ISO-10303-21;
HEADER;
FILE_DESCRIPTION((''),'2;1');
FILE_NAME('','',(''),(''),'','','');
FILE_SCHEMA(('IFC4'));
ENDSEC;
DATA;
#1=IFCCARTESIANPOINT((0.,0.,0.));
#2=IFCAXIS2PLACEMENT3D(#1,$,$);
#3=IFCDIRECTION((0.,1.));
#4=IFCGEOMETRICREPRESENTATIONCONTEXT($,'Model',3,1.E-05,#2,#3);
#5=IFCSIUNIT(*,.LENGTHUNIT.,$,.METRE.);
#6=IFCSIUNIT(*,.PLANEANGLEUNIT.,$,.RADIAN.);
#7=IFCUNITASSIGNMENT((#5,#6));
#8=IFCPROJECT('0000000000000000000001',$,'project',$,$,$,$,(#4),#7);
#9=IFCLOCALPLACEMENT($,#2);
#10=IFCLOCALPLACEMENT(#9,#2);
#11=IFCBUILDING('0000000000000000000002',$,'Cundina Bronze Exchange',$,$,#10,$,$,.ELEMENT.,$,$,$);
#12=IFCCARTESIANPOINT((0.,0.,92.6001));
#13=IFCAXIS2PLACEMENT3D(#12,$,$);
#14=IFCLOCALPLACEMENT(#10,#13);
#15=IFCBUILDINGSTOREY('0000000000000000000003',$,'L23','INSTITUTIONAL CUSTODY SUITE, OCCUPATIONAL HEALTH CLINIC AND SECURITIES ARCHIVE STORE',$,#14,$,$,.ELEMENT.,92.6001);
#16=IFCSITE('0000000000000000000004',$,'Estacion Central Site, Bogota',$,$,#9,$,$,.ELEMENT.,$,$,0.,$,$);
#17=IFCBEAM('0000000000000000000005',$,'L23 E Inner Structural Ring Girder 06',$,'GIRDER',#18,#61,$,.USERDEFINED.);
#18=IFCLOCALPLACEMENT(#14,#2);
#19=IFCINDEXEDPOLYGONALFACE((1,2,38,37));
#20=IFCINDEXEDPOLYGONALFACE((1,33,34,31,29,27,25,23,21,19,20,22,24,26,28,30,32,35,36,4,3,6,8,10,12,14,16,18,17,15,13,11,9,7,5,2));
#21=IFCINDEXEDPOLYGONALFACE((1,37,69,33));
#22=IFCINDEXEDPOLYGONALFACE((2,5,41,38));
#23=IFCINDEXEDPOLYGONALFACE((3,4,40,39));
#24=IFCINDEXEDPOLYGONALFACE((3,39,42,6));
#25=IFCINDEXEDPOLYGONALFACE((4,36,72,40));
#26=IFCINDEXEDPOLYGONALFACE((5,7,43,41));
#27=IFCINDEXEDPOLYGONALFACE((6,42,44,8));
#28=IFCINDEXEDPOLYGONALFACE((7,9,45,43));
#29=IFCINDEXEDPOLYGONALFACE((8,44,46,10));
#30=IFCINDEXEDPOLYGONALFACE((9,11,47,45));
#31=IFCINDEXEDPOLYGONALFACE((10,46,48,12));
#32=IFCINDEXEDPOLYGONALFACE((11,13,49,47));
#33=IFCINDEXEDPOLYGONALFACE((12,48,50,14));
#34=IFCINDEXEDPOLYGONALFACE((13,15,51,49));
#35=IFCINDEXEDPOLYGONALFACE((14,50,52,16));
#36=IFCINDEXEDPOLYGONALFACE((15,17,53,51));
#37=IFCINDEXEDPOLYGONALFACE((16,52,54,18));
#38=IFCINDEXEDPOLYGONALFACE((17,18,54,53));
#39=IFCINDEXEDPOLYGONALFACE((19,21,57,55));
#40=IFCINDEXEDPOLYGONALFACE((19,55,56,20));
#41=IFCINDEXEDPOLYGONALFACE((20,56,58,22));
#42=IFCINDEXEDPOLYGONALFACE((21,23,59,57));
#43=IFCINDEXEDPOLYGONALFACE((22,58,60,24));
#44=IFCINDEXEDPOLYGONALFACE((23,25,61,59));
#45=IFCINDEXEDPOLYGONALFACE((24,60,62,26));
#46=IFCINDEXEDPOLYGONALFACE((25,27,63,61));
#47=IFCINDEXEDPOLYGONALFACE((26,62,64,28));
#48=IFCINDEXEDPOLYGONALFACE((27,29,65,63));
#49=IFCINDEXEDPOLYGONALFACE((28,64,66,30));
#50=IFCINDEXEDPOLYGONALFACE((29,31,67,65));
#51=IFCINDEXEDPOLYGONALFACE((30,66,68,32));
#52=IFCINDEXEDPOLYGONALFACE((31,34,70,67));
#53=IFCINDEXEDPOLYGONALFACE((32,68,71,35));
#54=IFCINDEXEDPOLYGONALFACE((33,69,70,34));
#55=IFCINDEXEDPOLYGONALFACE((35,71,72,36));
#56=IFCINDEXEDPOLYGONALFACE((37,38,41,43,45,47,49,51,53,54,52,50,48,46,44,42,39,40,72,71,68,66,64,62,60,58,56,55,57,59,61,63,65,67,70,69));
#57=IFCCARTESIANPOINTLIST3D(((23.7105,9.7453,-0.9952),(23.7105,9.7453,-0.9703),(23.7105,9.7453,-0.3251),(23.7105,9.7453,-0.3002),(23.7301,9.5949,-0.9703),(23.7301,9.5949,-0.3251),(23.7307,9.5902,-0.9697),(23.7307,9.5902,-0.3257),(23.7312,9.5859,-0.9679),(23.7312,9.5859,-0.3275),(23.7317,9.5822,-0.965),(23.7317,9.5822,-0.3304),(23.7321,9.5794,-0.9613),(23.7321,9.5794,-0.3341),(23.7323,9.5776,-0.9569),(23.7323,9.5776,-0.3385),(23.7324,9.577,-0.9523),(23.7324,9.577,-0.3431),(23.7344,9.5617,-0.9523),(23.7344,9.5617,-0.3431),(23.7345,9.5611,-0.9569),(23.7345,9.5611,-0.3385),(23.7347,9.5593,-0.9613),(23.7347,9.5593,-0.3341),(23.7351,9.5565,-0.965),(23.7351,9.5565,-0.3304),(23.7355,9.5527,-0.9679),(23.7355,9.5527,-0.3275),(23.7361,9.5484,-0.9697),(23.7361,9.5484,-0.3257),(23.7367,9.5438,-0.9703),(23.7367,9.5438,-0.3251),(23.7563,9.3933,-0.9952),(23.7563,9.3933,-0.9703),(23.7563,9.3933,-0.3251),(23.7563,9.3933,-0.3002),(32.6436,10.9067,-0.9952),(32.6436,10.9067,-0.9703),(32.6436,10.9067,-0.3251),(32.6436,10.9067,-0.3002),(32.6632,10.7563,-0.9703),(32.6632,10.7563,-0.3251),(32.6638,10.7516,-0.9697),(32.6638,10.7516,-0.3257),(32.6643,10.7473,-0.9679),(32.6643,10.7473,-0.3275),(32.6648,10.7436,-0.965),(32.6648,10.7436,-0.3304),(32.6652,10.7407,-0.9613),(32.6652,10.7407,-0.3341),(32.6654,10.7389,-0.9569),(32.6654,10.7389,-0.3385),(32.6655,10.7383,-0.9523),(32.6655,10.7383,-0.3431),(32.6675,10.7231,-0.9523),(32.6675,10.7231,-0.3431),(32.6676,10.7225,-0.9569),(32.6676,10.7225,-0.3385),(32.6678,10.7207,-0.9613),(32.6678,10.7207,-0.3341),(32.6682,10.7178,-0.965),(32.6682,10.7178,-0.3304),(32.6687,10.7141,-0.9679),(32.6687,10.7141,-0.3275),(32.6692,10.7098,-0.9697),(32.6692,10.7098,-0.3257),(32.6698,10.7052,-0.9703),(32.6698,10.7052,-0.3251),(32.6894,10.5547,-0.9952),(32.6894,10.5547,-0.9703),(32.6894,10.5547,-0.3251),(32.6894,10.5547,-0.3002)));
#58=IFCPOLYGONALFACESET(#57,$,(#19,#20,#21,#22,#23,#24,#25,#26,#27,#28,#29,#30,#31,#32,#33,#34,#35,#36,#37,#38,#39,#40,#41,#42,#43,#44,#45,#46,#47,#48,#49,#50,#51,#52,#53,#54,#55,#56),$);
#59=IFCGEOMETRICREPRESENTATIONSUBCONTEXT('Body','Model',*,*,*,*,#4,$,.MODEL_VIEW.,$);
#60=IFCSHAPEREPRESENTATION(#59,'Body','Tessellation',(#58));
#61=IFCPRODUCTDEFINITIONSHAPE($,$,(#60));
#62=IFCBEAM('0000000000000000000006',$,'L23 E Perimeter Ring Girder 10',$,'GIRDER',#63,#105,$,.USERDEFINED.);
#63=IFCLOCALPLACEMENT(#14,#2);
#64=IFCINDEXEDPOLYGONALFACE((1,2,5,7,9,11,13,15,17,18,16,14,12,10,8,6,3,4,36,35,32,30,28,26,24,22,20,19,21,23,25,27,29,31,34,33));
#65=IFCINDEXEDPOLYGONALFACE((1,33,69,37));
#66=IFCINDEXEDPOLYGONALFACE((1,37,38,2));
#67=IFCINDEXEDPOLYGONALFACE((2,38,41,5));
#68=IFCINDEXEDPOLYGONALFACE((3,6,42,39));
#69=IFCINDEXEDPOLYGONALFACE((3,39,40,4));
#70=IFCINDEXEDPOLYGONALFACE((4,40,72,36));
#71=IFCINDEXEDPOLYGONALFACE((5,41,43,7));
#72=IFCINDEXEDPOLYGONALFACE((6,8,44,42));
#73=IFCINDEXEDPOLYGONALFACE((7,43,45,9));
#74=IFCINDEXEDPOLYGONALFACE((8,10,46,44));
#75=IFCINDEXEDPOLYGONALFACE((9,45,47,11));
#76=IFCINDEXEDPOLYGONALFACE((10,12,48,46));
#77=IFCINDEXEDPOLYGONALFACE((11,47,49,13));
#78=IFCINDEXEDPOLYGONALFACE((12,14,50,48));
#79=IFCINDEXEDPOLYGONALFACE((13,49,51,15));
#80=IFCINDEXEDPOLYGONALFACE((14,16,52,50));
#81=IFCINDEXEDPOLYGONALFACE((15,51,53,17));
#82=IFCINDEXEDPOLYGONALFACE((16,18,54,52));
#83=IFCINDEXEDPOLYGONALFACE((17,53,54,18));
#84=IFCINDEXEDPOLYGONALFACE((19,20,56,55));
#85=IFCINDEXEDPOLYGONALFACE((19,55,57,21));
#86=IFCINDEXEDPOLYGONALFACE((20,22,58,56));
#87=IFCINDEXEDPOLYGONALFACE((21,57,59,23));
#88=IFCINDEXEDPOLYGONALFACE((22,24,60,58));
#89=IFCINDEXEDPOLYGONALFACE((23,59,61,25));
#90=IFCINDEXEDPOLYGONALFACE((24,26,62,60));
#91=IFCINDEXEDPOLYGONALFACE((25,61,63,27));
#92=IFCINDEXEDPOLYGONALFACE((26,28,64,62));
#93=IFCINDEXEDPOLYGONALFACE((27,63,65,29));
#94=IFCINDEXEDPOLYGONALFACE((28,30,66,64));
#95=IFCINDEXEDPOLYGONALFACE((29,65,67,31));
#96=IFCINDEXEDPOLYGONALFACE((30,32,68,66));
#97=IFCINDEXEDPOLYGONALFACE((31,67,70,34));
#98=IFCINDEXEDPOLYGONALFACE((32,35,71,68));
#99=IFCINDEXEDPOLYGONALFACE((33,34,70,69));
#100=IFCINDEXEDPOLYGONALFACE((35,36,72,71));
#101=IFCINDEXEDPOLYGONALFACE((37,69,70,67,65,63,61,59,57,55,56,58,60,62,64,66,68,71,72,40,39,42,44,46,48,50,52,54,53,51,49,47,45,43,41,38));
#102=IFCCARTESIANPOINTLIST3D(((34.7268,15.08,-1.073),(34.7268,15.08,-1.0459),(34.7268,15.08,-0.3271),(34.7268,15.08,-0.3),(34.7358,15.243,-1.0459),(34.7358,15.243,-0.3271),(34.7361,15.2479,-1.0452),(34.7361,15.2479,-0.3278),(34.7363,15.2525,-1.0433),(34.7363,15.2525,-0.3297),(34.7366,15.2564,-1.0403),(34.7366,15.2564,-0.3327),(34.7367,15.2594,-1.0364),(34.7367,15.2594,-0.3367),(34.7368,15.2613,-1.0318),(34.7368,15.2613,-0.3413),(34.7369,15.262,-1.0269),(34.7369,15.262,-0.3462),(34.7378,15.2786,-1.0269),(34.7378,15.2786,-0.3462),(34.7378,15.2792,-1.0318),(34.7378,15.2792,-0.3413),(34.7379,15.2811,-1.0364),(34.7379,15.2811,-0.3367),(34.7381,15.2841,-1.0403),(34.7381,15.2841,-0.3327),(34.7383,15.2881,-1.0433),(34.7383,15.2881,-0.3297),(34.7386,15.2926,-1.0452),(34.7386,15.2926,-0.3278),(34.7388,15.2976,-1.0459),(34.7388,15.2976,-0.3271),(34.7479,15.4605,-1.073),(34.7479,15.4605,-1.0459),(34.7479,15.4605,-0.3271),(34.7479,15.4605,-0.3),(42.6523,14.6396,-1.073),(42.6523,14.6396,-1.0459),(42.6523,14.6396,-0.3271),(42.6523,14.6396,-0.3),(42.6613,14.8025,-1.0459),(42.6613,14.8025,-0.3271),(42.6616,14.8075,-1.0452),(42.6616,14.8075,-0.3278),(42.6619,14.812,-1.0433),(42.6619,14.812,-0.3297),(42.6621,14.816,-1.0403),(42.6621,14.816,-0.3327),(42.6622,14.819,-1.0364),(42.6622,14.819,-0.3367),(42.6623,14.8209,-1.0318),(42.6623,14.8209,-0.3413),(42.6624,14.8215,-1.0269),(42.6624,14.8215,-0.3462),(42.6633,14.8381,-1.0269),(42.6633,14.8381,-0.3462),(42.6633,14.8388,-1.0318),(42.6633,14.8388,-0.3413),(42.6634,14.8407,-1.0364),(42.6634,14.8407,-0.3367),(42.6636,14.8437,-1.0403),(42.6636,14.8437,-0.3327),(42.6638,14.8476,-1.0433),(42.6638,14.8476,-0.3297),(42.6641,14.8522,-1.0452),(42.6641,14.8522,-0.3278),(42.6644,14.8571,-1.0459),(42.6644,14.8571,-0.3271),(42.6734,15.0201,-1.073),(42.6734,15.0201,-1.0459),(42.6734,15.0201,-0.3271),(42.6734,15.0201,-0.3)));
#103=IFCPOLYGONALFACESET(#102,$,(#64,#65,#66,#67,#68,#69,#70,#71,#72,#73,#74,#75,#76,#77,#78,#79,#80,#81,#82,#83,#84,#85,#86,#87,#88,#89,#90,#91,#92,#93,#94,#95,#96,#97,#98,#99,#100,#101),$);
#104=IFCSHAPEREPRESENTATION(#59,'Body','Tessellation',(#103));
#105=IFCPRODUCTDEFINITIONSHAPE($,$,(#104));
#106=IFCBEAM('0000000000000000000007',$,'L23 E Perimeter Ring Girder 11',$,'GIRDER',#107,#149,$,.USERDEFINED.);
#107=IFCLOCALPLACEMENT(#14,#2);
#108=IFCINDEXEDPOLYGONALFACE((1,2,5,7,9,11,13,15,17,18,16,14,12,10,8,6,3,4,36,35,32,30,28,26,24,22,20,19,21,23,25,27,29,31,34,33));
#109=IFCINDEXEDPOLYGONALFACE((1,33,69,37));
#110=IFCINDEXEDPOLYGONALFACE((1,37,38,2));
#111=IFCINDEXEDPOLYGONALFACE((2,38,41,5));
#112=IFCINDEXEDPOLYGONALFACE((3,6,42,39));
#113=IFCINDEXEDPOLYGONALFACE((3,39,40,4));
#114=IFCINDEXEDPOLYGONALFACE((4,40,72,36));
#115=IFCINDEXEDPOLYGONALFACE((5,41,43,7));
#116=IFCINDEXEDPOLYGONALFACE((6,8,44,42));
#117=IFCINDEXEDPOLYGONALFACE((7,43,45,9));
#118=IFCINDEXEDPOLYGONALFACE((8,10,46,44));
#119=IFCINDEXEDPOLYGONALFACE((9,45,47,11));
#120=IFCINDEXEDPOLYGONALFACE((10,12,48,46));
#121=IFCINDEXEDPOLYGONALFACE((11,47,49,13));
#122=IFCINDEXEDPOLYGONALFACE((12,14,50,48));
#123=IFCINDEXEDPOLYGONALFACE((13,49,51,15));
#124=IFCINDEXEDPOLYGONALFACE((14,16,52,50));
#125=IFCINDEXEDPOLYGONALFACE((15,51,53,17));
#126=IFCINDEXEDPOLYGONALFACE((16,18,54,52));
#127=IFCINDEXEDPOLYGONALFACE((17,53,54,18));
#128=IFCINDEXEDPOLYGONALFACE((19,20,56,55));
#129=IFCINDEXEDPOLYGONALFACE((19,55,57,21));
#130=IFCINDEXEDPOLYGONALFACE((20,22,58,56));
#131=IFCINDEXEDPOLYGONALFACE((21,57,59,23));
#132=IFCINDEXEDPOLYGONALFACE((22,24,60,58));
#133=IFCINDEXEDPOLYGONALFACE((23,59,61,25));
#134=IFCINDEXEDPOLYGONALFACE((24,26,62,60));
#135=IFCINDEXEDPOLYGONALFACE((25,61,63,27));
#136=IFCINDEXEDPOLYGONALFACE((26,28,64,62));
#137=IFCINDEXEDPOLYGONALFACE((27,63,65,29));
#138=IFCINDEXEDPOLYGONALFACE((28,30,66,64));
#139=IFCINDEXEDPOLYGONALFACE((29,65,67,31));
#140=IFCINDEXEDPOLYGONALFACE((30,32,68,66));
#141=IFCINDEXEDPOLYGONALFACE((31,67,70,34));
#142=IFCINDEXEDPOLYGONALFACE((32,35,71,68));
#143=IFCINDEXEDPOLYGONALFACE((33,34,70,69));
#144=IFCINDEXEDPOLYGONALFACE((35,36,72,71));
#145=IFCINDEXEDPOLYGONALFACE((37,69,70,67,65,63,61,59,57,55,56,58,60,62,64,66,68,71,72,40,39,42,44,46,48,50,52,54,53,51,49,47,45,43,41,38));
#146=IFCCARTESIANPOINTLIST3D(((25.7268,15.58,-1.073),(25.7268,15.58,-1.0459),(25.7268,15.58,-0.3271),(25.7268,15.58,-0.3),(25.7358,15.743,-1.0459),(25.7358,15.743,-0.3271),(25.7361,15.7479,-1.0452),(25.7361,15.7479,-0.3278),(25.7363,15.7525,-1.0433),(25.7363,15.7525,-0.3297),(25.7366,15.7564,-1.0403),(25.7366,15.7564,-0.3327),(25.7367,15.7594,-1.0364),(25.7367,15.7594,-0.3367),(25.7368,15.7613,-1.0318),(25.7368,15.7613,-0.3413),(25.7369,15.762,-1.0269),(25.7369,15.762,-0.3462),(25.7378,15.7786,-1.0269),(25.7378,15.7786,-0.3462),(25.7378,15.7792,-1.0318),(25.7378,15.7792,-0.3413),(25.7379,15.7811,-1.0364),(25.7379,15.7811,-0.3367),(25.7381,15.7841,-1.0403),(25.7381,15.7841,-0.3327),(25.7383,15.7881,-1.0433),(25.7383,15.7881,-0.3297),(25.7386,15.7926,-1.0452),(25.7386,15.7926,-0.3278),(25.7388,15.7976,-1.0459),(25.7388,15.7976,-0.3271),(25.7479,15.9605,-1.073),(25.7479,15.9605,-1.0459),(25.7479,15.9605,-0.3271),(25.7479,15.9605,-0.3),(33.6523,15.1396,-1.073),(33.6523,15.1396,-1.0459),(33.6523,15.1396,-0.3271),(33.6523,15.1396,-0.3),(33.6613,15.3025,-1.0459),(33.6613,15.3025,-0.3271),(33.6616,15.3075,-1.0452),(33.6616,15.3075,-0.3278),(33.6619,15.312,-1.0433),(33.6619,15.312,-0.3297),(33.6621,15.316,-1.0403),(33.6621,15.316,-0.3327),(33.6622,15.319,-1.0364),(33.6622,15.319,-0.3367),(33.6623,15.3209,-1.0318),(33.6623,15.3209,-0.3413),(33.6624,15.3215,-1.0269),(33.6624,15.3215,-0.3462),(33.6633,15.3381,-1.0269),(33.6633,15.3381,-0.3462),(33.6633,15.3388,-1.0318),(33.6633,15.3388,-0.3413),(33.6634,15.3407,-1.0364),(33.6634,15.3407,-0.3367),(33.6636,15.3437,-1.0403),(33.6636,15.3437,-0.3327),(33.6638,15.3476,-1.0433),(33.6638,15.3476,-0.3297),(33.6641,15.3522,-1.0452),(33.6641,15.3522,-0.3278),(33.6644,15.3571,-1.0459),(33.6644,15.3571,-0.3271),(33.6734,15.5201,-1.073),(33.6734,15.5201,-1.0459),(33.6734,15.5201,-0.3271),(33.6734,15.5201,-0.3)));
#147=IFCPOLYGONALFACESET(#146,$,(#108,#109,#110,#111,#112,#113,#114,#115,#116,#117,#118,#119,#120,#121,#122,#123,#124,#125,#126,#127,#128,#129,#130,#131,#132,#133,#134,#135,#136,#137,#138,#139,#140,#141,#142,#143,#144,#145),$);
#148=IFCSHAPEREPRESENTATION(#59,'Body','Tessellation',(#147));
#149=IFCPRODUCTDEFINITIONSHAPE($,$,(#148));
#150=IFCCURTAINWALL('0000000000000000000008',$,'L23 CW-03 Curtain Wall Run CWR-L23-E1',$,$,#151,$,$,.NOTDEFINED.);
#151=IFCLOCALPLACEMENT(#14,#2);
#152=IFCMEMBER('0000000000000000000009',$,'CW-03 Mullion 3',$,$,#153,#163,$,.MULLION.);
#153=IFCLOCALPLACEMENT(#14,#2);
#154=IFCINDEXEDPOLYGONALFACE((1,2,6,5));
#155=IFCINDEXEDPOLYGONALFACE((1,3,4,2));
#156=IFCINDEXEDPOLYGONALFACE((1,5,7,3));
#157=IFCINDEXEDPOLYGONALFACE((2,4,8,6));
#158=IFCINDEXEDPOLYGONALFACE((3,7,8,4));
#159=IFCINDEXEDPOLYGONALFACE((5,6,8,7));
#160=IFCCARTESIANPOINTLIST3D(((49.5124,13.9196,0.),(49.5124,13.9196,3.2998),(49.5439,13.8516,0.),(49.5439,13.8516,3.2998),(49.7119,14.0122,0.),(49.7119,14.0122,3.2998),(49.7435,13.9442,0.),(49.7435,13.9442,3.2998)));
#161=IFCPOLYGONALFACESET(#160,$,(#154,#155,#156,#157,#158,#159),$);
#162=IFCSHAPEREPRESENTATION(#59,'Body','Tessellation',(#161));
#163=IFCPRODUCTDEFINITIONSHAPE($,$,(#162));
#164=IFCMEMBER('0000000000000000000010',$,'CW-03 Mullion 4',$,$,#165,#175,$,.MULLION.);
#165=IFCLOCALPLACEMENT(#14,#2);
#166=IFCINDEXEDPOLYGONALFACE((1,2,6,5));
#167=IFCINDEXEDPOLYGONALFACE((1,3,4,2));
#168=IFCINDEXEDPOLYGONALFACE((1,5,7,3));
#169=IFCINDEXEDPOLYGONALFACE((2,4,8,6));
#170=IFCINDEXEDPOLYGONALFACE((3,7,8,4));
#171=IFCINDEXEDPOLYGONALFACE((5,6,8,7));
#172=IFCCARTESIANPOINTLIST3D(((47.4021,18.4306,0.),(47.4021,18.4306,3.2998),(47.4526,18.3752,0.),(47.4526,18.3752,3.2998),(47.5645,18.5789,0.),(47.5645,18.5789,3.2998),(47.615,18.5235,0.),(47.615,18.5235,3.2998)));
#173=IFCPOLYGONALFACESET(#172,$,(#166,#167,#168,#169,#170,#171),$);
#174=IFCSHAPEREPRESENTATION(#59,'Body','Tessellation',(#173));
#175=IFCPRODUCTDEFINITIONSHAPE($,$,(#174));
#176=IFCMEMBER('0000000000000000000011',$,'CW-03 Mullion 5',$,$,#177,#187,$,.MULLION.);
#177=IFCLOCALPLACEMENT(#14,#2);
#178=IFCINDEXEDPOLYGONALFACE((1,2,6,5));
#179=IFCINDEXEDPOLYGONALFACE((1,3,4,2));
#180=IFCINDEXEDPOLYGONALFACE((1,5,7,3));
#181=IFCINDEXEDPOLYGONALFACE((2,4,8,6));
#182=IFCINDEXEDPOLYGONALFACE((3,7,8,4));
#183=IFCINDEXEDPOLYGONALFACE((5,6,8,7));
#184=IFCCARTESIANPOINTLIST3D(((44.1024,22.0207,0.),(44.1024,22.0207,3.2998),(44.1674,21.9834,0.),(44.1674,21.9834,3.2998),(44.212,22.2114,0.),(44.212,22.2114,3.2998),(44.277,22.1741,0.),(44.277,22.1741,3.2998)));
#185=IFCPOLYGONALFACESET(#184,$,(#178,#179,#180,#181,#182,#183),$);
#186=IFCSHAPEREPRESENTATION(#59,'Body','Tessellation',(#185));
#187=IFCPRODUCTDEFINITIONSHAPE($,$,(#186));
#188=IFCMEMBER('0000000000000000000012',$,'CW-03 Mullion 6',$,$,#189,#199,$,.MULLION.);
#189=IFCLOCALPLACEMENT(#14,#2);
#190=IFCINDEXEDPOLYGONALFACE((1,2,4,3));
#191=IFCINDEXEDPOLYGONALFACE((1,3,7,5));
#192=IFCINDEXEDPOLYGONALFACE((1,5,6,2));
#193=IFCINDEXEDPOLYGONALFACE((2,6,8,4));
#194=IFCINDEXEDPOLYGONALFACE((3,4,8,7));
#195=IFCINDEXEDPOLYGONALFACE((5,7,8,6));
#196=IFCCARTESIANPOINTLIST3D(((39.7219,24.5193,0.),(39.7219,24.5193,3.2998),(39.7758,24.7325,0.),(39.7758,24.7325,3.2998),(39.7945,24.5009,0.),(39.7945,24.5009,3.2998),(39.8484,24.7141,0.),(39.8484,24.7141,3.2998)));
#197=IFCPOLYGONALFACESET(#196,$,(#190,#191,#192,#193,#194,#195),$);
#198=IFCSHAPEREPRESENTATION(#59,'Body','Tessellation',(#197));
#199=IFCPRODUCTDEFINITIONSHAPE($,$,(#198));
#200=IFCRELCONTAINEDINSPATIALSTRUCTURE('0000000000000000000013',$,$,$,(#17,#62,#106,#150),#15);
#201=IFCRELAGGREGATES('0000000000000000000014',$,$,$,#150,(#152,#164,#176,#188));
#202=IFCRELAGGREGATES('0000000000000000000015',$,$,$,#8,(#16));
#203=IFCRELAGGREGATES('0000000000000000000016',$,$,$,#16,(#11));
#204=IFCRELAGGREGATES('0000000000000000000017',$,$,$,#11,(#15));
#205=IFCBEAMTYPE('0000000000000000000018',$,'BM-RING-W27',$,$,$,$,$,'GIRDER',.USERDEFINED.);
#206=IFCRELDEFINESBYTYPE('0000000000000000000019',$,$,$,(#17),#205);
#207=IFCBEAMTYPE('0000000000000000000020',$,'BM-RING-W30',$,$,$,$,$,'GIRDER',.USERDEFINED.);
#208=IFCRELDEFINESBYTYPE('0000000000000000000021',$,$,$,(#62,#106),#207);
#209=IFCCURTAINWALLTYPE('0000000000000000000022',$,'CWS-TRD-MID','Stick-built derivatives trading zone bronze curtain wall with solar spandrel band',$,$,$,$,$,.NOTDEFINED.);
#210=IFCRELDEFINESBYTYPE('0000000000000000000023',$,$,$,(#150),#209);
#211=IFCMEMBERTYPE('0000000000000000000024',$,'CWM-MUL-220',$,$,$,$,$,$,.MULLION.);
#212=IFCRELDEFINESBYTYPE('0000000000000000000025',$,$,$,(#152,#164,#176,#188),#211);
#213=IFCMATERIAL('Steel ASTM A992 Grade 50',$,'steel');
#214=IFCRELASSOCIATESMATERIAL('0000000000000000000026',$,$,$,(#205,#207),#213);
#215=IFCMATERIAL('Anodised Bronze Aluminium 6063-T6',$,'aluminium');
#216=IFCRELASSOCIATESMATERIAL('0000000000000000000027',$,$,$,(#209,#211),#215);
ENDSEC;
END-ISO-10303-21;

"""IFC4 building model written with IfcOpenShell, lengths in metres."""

from ifc_helpers import new_model, si_unit, direction, frame, origin, origin_2d, place, context, subcontext, project, spatial, rectangle, i_section, extrude, material, material_profile, profile_set, type_object, element, aggregate, save


model = new_model("IFC4")

# Units and contexts
model_context = context("Model", 3, precision=1e-05, world=origin(), true_north=direction((0.0, 1.0)))
body_context = subcontext(model_context, "Body", "Model", "MODEL_VIEW")
ifc_project = project(units=[si_unit("LENGTHUNIT", "METRE"), si_unit("PLANEANGLEUNIT", "RADIAN")], contexts=[model_context])

# Site, building, storey
site_placement = place(None, origin())
site = spatial("IfcSite", under=ifc_project, at=site_placement, Name="Estacion Central Site, Bogota", CompositionType="ELEMENT", RefElevation=0.0)
building_placement = place(site_placement, origin())
building = spatial("IfcBuilding", under=site, at=building_placement, Name="Cundina Bronze Exchange", CompositionType="ELEMENT")
storey_placement = place(building_placement, frame((0.0, 0.0, 92.6001)))
storey = spatial("IfcBuildingStorey", under=building, at=storey_placement, Name="L23", Description="INSTITUTIONAL CUSTODY SUITE, OCCUPATIONAL HEALTH CLINIC AND SECURITIES ARCHIVE STORE", CompositionType="ELEMENT", Elevation=92.6001)

# Beams
ifc_material_1 = material(Name="Steel ASTM A992 Grade 50", Category="steel")
ifc_material_profile_1 = material_profile(ifc_material_1, i_section(OverallWidth=0.355, OverallDepth=0.6951, WebThickness=0.0154, FlangeThickness=0.0249, FilletRadius=0.0181, at=origin_2d()), Name="W27X146", Category="steel")
ifc_profile_set_1 = profile_set([ifc_material_profile_1], Name="Steel ASTM A992 Grade 50")
beam_type_1 = type_object("IfcBeamType", Name="BM-RING-W27", ElementType="GIRDER", PredefinedType="USERDEFINED", material=ifc_profile_set_1)
beam_1_placement = place(storey_placement, frame((32.6665, 10.7307, -0.6477), z_axis=(-0.991655, -0.128923, 0.0), x_axis=(0.128923, -0.991655, 0.0)))
element("IfcBeam", 1, at=beam_1_placement, inside=storey, type_object=beam_type_1, Name="L23 E Inner Structural Ring Girder 06", ObjectType="GIRDER", PredefinedType="USERDEFINED", context=body_context, shape_type="SweptSolid", body=[
    extrude(i_section(OverallWidth=0.355, OverallDepth=0.6951, WebThickness=0.0154, FlangeThickness=0.0249, FilletRadius=0.0181, at=origin_2d()), origin(), (0.0, 0.0, 1.0), 9.0083),
])
ifc_material_profile_2 = material_profile(ifc_material_1, i_section(OverallWidth=0.3811, OverallDepth=0.7729, WebThickness=0.0166, FlangeThickness=0.0271, FilletRadius=0.019, at=origin_2d()), Name="W30X173", Category="steel")
ifc_profile_set_2 = profile_set([ifc_material_profile_2], Name="Steel ASTM A992 Grade 50")
beam_type_2 = type_object("IfcBeamType", Name="BM-RING-W30", ElementType="GIRDER", PredefinedType="USERDEFINED", material=ifc_profile_set_2)
for number, where, z_axis, x_axis, name in (
    (2, (42.6628, 14.8298, -0.6865), (-0.99846, 0.055485, 0.0), (-0.055485, -0.99846, 0.0), "L23 E Perimeter Ring Girder 10"),
    (3, (33.6628, 15.3298, -0.6865), (-0.99846, 0.055485, 0.0), (-0.055485, -0.99846, 0.0), "L23 E Perimeter Ring Girder 11"),
):
    element("IfcBeam", number, at=place(storey_placement, frame(where, z_axis=z_axis, x_axis=x_axis)), inside=storey, type_object=beam_type_2, Name=name, ObjectType="GIRDER", PredefinedType="USERDEFINED", context=body_context, shape_type="SweptSolid", body=[
        extrude(i_section(OverallWidth=0.3811, OverallDepth=0.7729, WebThickness=0.0166, FlangeThickness=0.0271, FilletRadius=0.019, at=origin_2d()), origin(), (0.0, 0.0, 1.0), 7.9377),
    ])

# Curtain wall, members
ifc_material_2 = material(Name="Anodised Bronze Aluminium 6063-T6", Category="aluminium")
curtain_wall_type = type_object("IfcCurtainWallType", Name="CWS-TRD-MID", Description="Stick-built derivatives trading zone bronze curtain wall with solar spandrel band", PredefinedType="NOTDEFINED", material=ifc_material_2)
curtain_wall_placement = place(storey_placement, origin())
curtain_wall = element("IfcCurtainWall", 4, at=curtain_wall_placement, inside=storey, type_object=curtain_wall_type, Name="L23 CW-03 Curtain Wall Run CWR-L23-E1", PredefinedType="NOTDEFINED")
ifc_material_profile_3 = material_profile(ifc_material_2, rectangle(XDim=0.075, YDim=0.22, at=origin_2d()), Name="AL75X220", Category="aluminium")
ifc_profile_set_3 = profile_set([ifc_material_profile_3], Name="Anodised Bronze Aluminium 6063-T6")
member_type_1 = type_object("IfcMemberType", Name="CWM-MUL-220", PredefinedType="MULLION", material=ifc_profile_set_3)
member_1_placement = place(storey_placement, frame((49.6279, 13.9319, 0.0), z_axis=(0.0, 0.0, 1.0), x_axis=(-0.420877, 0.907117, 0.0)))
member_1 = element("IfcMember", 5, at=member_1_placement, type_object=member_type_1, Name="CW-03 Mullion 3", PredefinedType="MULLION", context=body_context, shape_type="SweptSolid", body=[
    extrude(rectangle(XDim=0.075, YDim=0.22, at=origin_2d()), origin(), (0.0, 0.0, 1.0), 3.2998),
])
member_2_placement = place(storey_placement, frame((47.5085, 18.4771, 0.0), z_axis=(0.0, 0.0, 1.0), x_axis=(-0.674302, 0.738455, 0.0)))
member_2 = element("IfcMember", 6, at=member_2_placement, type_object=member_type_1, Name="CW-03 Mullion 4", PredefinedType="MULLION", context=body_context, shape_type="SweptSolid", body=[
    extrude(rectangle(XDim=0.075, YDim=0.22, at=origin_2d()), origin(), (0.0, 0.0, 1.0), 3.2998),
])
member_3_placement = place(storey_placement, frame((44.1897, 22.0974, 0.0), z_axis=(0.0, 0.0, 1.0), x_axis=(-0.867071, 0.498185, 0.0)))
member_3 = element("IfcMember", 7, at=member_3_placement, type_object=member_type_1, Name="CW-03 Mullion 5", PredefinedType="MULLION", context=body_context, shape_type="SweptSolid", body=[
    extrude(rectangle(XDim=0.075, YDim=0.22, at=origin_2d()), origin(), (0.0, 0.0, 1.0), 3.2998),
])
member_4_placement = place(storey_placement, frame((39.7852, 24.6167, 0.0), z_axis=(0.0, 0.0, 1.0), x_axis=(-0.969488, 0.245138, 0.0)))
member_4 = element("IfcMember", 8, at=member_4_placement, type_object=member_type_1, Name="CW-03 Mullion 6", PredefinedType="MULLION", context=body_context, shape_type="SweptSolid", body=[
    extrude(rectangle(XDim=0.075, YDim=0.22, at=origin_2d()), origin(), (0.0, 0.0, 1.0), 3.2998),
])
aggregate(curtain_wall, [member_1, member_2, member_3, member_4])

save(model, "model.ifc")
